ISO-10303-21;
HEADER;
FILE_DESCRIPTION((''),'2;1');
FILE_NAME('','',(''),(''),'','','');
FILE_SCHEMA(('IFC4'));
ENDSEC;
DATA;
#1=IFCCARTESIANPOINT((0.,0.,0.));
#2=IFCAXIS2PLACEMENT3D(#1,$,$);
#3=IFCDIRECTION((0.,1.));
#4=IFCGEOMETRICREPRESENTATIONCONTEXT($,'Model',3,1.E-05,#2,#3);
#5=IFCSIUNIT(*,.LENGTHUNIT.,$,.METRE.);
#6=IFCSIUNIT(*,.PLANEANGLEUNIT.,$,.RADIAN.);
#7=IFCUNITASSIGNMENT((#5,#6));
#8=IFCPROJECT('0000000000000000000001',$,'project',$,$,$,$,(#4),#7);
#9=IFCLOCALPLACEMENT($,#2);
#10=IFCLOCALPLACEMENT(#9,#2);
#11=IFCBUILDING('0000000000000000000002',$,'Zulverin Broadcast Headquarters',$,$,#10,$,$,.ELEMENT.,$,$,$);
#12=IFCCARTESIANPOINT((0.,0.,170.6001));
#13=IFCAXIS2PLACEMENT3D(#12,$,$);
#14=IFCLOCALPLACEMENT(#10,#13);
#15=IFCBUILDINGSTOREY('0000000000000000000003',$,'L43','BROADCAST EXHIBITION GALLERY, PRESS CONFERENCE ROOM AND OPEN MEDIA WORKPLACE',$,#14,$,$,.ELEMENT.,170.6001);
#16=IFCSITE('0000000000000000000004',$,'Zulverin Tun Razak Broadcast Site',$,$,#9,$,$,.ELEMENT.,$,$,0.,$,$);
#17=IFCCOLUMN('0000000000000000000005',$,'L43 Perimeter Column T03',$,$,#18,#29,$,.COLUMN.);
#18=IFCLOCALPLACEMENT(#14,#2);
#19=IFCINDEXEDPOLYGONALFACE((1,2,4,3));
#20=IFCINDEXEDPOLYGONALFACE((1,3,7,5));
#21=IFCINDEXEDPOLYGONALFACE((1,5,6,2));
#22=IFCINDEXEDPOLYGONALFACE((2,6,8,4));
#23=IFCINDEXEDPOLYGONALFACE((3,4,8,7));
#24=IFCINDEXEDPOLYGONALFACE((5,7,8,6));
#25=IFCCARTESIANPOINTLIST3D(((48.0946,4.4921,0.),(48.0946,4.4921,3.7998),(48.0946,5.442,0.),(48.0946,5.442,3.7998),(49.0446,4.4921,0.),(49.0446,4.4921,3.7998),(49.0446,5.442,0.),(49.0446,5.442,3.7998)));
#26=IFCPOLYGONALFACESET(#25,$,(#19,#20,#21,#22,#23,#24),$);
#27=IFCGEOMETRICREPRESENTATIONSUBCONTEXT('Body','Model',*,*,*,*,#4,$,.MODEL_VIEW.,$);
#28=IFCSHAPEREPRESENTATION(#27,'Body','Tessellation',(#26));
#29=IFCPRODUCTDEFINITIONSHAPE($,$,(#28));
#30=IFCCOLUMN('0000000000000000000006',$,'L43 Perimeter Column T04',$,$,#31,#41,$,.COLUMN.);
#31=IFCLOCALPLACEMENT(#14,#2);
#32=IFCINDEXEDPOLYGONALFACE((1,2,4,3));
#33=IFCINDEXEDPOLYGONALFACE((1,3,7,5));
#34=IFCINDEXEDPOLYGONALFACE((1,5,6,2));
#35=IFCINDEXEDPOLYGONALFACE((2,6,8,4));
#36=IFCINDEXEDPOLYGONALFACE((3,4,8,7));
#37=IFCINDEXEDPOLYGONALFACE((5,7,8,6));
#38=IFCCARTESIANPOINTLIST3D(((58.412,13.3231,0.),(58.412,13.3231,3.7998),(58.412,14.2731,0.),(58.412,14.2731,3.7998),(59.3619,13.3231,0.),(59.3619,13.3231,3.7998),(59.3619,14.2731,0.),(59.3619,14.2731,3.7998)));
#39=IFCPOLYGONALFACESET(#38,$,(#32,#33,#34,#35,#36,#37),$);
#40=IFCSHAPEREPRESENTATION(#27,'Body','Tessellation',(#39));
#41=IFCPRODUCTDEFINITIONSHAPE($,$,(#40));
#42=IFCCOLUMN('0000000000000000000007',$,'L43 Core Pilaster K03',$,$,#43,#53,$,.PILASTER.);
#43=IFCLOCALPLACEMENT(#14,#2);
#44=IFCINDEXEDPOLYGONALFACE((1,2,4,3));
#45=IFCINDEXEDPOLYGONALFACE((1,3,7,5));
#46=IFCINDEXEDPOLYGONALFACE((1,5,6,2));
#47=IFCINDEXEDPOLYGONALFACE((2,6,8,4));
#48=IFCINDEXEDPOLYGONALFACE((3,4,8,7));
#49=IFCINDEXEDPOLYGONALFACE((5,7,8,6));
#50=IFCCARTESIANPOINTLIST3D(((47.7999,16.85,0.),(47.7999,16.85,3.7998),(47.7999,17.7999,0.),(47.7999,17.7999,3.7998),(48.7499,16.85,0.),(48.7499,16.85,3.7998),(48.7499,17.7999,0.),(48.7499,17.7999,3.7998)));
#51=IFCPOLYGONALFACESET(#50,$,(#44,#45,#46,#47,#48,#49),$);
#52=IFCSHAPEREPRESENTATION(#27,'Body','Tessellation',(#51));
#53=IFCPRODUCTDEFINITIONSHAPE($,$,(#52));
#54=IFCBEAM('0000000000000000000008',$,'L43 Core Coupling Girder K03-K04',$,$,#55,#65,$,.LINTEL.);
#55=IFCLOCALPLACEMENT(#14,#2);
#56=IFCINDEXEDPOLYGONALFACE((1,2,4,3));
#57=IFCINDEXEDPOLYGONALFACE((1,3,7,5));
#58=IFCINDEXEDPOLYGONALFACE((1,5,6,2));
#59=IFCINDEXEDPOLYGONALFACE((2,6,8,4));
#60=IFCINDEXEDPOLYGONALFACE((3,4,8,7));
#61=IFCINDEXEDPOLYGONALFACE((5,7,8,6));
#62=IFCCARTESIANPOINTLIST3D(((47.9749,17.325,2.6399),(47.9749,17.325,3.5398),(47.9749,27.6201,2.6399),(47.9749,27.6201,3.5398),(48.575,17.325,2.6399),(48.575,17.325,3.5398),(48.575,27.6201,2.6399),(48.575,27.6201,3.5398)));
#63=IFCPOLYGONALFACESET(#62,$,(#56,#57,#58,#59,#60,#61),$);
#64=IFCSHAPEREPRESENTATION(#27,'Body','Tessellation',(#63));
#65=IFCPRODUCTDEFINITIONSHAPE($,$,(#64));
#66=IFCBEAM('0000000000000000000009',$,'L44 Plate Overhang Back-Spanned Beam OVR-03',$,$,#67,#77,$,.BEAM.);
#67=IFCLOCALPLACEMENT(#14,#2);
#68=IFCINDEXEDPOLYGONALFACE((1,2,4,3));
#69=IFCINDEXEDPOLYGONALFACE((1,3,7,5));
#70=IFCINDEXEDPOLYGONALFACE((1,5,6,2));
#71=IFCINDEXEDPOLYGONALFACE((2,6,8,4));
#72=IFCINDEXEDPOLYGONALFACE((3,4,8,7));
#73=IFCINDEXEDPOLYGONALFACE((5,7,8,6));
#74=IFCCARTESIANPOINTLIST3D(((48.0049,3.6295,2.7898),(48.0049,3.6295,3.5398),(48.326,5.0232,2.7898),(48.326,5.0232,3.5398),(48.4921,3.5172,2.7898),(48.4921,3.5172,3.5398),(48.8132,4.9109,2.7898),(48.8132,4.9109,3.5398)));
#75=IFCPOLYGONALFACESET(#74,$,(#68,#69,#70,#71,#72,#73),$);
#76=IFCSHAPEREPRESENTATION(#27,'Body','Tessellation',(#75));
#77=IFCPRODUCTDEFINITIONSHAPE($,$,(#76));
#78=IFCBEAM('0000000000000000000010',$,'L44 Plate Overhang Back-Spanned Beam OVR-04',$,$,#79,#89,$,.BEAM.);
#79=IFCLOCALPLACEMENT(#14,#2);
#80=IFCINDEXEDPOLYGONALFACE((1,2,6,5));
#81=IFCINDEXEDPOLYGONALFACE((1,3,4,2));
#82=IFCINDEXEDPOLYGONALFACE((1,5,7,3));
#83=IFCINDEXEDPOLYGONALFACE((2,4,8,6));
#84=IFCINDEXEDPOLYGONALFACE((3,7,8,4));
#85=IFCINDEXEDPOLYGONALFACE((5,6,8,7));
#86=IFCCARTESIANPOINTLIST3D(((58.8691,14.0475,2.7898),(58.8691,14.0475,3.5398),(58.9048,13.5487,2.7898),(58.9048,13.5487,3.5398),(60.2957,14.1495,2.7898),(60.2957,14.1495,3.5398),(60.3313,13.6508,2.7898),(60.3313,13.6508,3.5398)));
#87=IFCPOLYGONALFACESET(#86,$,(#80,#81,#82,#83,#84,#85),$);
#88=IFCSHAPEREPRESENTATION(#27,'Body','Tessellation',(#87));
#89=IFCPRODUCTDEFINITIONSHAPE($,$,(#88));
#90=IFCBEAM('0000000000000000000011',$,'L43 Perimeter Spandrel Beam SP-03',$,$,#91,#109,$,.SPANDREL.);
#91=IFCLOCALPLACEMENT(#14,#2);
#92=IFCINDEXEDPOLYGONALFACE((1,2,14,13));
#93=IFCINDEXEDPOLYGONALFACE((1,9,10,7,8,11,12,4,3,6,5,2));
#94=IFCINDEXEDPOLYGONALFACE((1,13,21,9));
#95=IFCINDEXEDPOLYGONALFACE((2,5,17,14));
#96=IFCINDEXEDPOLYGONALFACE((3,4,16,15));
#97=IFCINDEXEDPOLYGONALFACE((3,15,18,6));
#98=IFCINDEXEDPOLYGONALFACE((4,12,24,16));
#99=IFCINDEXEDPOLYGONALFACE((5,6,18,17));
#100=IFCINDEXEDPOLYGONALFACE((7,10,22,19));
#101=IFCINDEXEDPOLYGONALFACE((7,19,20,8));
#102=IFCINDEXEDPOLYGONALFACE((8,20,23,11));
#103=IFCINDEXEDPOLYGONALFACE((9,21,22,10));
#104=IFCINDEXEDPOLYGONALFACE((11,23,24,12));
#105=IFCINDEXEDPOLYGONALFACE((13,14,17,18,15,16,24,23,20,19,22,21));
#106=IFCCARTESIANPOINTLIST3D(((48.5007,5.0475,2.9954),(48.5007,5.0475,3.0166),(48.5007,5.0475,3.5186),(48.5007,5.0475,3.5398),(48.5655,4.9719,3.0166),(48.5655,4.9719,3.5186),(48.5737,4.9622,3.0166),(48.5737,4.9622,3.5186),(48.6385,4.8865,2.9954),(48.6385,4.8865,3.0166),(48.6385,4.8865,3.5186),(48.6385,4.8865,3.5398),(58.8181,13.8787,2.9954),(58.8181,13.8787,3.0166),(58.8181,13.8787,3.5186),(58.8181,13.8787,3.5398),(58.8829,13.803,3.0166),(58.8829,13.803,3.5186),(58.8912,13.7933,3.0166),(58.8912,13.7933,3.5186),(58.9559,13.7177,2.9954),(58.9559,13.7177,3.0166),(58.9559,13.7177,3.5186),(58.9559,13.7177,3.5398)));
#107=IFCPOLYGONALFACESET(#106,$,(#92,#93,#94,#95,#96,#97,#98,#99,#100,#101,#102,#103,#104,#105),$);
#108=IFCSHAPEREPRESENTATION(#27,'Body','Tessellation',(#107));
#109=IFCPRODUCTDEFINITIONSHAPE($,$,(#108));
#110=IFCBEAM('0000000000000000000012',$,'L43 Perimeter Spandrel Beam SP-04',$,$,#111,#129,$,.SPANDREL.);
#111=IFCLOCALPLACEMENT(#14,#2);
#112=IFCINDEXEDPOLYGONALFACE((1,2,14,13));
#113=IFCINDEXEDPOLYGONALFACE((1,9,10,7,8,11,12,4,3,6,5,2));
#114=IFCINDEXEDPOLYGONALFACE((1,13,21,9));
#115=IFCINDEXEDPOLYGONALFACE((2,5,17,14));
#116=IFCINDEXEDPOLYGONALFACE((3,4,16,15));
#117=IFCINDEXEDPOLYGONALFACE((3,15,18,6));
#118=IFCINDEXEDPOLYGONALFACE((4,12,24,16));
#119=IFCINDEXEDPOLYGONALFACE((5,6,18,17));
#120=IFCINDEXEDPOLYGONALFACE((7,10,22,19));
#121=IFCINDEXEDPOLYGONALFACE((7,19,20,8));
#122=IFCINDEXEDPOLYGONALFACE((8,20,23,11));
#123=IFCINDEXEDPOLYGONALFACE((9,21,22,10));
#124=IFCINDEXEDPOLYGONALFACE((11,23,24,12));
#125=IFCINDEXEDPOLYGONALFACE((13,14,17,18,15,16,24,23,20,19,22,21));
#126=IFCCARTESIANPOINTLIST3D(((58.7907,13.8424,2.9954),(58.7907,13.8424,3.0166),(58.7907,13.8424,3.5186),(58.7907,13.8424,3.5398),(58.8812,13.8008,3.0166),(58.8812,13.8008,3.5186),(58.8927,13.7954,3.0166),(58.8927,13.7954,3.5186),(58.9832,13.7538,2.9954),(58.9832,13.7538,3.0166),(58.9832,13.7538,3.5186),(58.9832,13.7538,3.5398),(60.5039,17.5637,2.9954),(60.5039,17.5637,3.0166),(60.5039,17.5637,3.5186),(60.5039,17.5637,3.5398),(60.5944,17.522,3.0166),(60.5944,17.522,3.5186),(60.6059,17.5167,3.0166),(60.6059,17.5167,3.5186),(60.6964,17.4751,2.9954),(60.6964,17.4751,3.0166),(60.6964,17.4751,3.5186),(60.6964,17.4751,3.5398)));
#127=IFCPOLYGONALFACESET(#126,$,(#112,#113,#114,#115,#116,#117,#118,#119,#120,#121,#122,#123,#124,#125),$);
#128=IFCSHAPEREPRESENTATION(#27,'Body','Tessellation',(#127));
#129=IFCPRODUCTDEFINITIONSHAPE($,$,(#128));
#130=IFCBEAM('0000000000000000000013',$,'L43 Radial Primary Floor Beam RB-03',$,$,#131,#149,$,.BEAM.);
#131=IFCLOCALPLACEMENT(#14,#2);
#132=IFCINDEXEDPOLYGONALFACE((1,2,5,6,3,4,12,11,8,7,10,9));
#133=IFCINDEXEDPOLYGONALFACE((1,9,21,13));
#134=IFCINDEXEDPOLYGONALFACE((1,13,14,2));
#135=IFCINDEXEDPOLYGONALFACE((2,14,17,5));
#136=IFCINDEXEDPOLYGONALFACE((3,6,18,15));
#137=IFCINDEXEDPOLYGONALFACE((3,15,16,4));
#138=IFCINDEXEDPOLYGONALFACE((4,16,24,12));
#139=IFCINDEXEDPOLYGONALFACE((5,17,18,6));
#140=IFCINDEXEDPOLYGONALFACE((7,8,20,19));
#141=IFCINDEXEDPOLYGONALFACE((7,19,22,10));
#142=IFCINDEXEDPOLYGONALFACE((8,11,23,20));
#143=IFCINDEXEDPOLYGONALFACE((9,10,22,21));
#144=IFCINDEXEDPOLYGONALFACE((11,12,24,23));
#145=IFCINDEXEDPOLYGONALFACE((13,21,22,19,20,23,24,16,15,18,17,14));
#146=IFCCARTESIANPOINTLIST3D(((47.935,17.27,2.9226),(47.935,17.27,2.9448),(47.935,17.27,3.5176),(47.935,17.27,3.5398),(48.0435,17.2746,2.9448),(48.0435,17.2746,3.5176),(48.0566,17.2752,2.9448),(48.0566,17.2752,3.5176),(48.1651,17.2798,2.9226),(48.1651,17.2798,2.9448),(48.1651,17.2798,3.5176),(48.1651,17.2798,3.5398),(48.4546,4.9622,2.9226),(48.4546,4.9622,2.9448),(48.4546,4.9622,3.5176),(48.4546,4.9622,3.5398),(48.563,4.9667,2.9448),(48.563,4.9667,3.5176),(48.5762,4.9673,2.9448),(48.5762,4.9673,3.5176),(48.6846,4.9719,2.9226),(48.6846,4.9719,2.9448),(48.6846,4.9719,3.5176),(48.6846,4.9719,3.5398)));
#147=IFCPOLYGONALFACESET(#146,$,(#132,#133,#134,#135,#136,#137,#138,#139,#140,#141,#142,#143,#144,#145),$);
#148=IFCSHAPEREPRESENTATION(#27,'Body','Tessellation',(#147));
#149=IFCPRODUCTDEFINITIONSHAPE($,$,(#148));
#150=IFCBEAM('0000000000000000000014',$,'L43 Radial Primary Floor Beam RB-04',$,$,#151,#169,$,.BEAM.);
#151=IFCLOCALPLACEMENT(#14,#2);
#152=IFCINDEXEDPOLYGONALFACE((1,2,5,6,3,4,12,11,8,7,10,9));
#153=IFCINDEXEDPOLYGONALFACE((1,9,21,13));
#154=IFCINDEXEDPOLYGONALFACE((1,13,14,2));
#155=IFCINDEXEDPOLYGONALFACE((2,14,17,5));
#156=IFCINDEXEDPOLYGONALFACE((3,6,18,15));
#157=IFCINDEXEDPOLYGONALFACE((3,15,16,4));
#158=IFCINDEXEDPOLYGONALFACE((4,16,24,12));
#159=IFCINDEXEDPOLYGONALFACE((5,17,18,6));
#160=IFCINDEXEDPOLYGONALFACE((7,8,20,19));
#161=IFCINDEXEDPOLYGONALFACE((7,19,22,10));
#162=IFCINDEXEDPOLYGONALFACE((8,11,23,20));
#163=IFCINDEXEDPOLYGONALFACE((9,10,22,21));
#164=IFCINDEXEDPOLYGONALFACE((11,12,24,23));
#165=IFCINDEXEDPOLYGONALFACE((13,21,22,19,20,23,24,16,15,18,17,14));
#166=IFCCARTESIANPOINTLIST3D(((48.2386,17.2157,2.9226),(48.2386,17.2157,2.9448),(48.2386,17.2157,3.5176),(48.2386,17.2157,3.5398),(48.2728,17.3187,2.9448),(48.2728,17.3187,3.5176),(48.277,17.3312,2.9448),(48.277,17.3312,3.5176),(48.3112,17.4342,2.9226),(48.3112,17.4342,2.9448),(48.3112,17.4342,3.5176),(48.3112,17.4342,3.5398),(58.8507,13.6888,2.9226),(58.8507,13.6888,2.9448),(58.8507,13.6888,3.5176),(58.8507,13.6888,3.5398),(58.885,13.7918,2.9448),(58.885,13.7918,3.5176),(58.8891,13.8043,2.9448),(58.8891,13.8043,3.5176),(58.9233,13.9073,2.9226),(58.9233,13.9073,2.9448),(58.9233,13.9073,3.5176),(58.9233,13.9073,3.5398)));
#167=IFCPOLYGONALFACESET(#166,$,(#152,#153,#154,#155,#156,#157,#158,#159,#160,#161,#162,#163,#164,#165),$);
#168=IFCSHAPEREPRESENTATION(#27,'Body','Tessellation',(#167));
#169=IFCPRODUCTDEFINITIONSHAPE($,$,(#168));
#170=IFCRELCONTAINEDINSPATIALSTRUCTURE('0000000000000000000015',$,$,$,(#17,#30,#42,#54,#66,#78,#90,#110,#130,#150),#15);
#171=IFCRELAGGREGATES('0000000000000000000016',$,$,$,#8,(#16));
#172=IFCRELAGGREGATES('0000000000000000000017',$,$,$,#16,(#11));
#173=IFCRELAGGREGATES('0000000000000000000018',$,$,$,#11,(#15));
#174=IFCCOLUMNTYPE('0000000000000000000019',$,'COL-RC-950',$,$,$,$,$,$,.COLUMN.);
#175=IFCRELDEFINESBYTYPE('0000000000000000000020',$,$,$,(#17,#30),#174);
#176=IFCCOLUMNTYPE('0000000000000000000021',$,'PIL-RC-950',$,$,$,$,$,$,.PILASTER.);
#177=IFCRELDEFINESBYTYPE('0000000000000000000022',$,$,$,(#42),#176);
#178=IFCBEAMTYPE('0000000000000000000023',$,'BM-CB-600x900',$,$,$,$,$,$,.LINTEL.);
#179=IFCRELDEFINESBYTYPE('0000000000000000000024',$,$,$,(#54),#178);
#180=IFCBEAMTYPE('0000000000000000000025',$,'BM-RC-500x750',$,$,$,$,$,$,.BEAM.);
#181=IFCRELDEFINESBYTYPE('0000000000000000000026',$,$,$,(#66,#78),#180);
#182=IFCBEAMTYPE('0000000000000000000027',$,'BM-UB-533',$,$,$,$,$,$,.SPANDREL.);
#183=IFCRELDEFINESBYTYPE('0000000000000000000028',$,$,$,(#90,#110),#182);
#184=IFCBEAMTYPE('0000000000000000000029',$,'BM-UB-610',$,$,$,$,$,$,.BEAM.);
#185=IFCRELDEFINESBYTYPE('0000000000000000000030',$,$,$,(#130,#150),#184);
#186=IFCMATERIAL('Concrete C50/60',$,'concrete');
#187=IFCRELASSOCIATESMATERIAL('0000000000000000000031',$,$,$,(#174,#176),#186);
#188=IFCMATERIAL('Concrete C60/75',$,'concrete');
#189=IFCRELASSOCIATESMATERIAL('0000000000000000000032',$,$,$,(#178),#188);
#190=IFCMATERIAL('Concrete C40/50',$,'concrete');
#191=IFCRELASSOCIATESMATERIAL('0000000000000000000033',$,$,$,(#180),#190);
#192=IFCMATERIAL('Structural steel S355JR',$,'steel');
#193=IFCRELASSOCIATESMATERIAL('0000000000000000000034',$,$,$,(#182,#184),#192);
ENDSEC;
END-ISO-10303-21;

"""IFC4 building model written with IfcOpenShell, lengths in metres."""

from ifc_helpers import new_model, si_unit, direction, frame, origin, origin_2d, place, context, subcontext, project, spatial, rectangle, i_section, extrude, material, material_profile, profile_set, type_object, element, save


model = new_model("IFC4")

# Units and contexts
model_context = context("Model", 3, precision=1e-05, world=origin(), true_north=direction((0.0, 1.0)))
body_context = subcontext(model_context, "Body", "Model", "MODEL_VIEW")
ifc_project = project(units=[si_unit("LENGTHUNIT", "METRE"), si_unit("PLANEANGLEUNIT", "RADIAN")], contexts=[model_context])

# Site, building, storey
site_placement = place(None, origin())
site = spatial("IfcSite", under=ifc_project, at=site_placement, Name="Zulverin Tun Razak Broadcast Site", CompositionType="ELEMENT", RefElevation=0.0)
building_placement = place(site_placement, origin())
building = spatial("IfcBuilding", under=site, at=building_placement, Name="Zulverin Broadcast Headquarters", CompositionType="ELEMENT")
storey_placement = place(building_placement, frame((0.0, 0.0, 170.6001)))
storey = spatial("IfcBuildingStorey", under=building, at=storey_placement, Name="L43", Description="BROADCAST EXHIBITION GALLERY, PRESS CONFERENCE ROOM AND OPEN MEDIA WORKPLACE", CompositionType="ELEMENT", Elevation=170.6001)

# Columns
ifc_material_1 = material(Name="Concrete C50/60", Category="concrete")
ifc_material_profile_1 = material_profile(ifc_material_1, rectangle(XDim=0.95, YDim=0.95, at=origin_2d()), Name="Concrete C50/60", Category="concrete")
ifc_profile_set_1 = profile_set([ifc_material_profile_1], Name="Concrete C50/60")
column_type_1 = type_object("IfcColumnType", Name="COL-RC-950", PredefinedType="COLUMN", material=ifc_profile_set_1)
for number, where, z_axis, x_axis, name in (
    (1, (48.5696, 4.967, 0.0), (0.0, 0.0, 1.0), (1.0, 0.0, 0.0), "L43 Perimeter Column T03"),
    (2, (58.887, 13.7981, 0.0), (0.0, 0.0, 1.0), (1.0, 0.0, 0.0), "L43 Perimeter Column T04"),
):
    element("IfcColumn", number, at=place(storey_placement, frame(where, z_axis=z_axis, x_axis=x_axis)), inside=storey, type_object=column_type_1, Name=name, PredefinedType="COLUMN", context=body_context, shape_type="SweptSolid", body=[
        extrude(rectangle(XDim=0.95, YDim=0.95, at=origin_2d()), origin(), (0.0, 0.0, 1.0), 3.7998),
    ])
ifc_material_profile_2 = material_profile(ifc_material_1, rectangle(XDim=0.95, YDim=0.95, at=origin_2d()), Name="Concrete C50/60", Category="concrete")
ifc_profile_set_2 = profile_set([ifc_material_profile_2], Name="Concrete C50/60")
column_type_2 = type_object("IfcColumnType", Name="PIL-RC-950", PredefinedType="PILASTER", material=ifc_profile_set_2)
column_placement = place(storey_placement, frame((48.2749, 17.325, 0.0), z_axis=(0.0, 0.0, 1.0), x_axis=(1.0, 0.0, 0.0)))
element("IfcColumn", 3, at=column_placement, inside=storey, type_object=column_type_2, Name="L43 Core Pilaster K03", PredefinedType="PILASTER", context=body_context, shape_type="SweptSolid", body=[
    extrude(rectangle(XDim=0.95, YDim=0.95, at=origin_2d()), origin(), (0.0, 0.0, 1.0), 3.7998),
])

# Beams
ifc_material_2 = material(Name="Concrete C60/75", Category="concrete")
ifc_material_profile_3 = material_profile(ifc_material_2, rectangle(XDim=0.6001, YDim=0.8999, at=origin_2d()), Name="Concrete C60/75", Category="concrete")
ifc_profile_set_3 = profile_set([ifc_material_profile_3], Name="Concrete C60/75")
beam_type_1 = type_object("IfcBeamType", Name="BM-CB-600x900", PredefinedType="LINTEL", material=ifc_profile_set_3)
beam_1_placement = place(storey_placement, frame((48.2749, 17.325, 3.0898), z_axis=(0.0, 1.0, 0.0), x_axis=(-1.0, 0.0, 0.0)))
element("IfcBeam", 4, at=beam_1_placement, inside=storey, type_object=beam_type_1, Name="L43 Core Coupling Girder K03-K04", PredefinedType="LINTEL", context=body_context, shape_type="SweptSolid", body=[
    extrude(rectangle(XDim=0.6001, YDim=0.8999, at=origin_2d()), origin(), (0.0, 0.0, 1.0), 10.2952),
])
ifc_material_3 = material(Name="Concrete C40/50", Category="concrete")
ifc_material_profile_4 = material_profile(ifc_material_3, rectangle(XDim=0.5, YDim=0.75, at=origin_2d()), Name="Concrete C40/50", Category="concrete")
ifc_profile_set_4 = profile_set([ifc_material_profile_4], Name="Concrete C40/50")
beam_type_2 = type_object("IfcBeamType", Name="BM-RC-500x750", PredefinedType="BEAM", material=ifc_profile_set_4)
for number, where, z_axis, x_axis, name in (
    (5, (48.5696, 4.967, 3.1648), (-0.224498, -0.974475, 0.0), (0.974475, -0.224498, 0.0), "L44 Plate Overhang Back-Spanned Beam OVR-03"),
    (6, (58.887, 13.7981, 3.1648), (0.997451, 0.071356, 0.0), (-0.071356, 0.997451, 0.0), "L44 Plate Overhang Back-Spanned Beam OVR-04"),
):
    element("IfcBeam", number, at=place(storey_placement, frame(where, z_axis=z_axis, x_axis=x_axis)), inside=storey, type_object=beam_type_2, Name=name, PredefinedType="BEAM", context=body_context, shape_type="SweptSolid", body=[
        extrude(rectangle(XDim=0.5, YDim=0.75, at=origin_2d()), origin(), (0.0, 0.0, 1.0), 1.4302),
    ])
ifc_material_4 = material(Name="Structural steel S355JR", Category="steel")
ifc_material_profile_5 = material_profile(ifc_material_4, i_section(OverallWidth=0.2119, OverallDepth=0.5444, WebThickness=0.0127, FlangeThickness=0.0212, at=origin_2d()), Name="Structural steel S355JR", Category="steel")
ifc_profile_set_5 = profile_set([ifc_material_profile_5], Name="Structural steel S355JR")
beam_type_3 = type_object("IfcBeamType", Name="BM-UB-533", PredefinedType="SPANDREL", material=ifc_profile_set_5)
beam_2_placement = place(storey_placement, frame((48.5696, 4.967, 3.2676), z_axis=(0.759708, 0.650264, 0.0), x_axis=(-0.650264, 0.759708, 0.0)))
element("IfcBeam", 7, at=beam_2_placement, inside=storey, type_object=beam_type_3, Name="L43 Perimeter Spandrel Beam SP-03", PredefinedType="SPANDREL", context=body_context, shape_type="SweptSolid", body=[
    extrude(i_section(OverallWidth=0.2119, OverallDepth=0.5444, WebThickness=0.0127, FlangeThickness=0.0212, at=origin_2d()), origin(), (0.0, 0.0, 1.0), 13.5808),
])
beam_3_placement = place(storey_placement, frame((58.887, 13.7981, 3.2676), z_axis=(0.418185, 0.908362, 0.0), x_axis=(-0.908362, 0.418185, 0.0)))
element("IfcBeam", 8, at=beam_3_placement, inside=storey, type_object=beam_type_3, Name="L43 Perimeter Spandrel Beam SP-04", PredefinedType="SPANDREL", context=body_context, shape_type="SweptSolid", body=[
    extrude(i_section(OverallWidth=0.2119, OverallDepth=0.5444, WebThickness=0.0127, FlangeThickness=0.0212, at=origin_2d()), origin(), (0.0, 0.0, 1.0), 4.0967),
])
ifc_material_profile_6 = material_profile(ifc_material_4, i_section(OverallWidth=0.2302, OverallDepth=0.6172, WebThickness=0.0132, FlangeThickness=0.0222, at=origin_2d()), Name="Structural steel S355JR", Category="steel")
ifc_profile_set_6 = profile_set([ifc_material_profile_6], Name="Structural steel S355JR")
beam_type_4 = type_object("IfcBeamType", Name="BM-UB-610", PredefinedType="BEAM", material=ifc_profile_set_6)
beam_4_placement = place(storey_placement, frame((48.05, 17.2749, 3.2312), z_axis=(0.042174, -0.99911, 0.0), x_axis=(0.99911, 0.042174, 0.0)))
element("IfcBeam", 9, at=beam_4_placement, inside=storey, type_object=beam_type_4, Name="L43 Radial Primary Floor Beam RB-03", PredefinedType="BEAM", context=body_context, shape_type="SweptSolid", body=[
    extrude(i_section(OverallWidth=0.2302, OverallDepth=0.6172, WebThickness=0.0132, FlangeThickness=0.0222, at=origin_2d()), origin(), (0.0, 0.0, 1.0), 12.3188),
])
beam_5_placement = place(storey_placement, frame((48.2749, 17.325, 3.2312), z_axis=(0.948965, -0.315383, 0.0), x_axis=(0.315383, 0.948965, 0.0)))
element("IfcBeam", 10, at=beam_5_placement, inside=storey, type_object=beam_type_4, Name="L43 Radial Primary Floor Beam RB-04", PredefinedType="BEAM", context=body_context, shape_type="SweptSolid", body=[
    extrude(i_section(OverallWidth=0.2302, OverallDepth=0.6172, WebThickness=0.0132, FlangeThickness=0.0222, at=origin_2d()), origin(), (0.0, 0.0, 1.0), 11.1829),
])

save(model, "model.ifc")
